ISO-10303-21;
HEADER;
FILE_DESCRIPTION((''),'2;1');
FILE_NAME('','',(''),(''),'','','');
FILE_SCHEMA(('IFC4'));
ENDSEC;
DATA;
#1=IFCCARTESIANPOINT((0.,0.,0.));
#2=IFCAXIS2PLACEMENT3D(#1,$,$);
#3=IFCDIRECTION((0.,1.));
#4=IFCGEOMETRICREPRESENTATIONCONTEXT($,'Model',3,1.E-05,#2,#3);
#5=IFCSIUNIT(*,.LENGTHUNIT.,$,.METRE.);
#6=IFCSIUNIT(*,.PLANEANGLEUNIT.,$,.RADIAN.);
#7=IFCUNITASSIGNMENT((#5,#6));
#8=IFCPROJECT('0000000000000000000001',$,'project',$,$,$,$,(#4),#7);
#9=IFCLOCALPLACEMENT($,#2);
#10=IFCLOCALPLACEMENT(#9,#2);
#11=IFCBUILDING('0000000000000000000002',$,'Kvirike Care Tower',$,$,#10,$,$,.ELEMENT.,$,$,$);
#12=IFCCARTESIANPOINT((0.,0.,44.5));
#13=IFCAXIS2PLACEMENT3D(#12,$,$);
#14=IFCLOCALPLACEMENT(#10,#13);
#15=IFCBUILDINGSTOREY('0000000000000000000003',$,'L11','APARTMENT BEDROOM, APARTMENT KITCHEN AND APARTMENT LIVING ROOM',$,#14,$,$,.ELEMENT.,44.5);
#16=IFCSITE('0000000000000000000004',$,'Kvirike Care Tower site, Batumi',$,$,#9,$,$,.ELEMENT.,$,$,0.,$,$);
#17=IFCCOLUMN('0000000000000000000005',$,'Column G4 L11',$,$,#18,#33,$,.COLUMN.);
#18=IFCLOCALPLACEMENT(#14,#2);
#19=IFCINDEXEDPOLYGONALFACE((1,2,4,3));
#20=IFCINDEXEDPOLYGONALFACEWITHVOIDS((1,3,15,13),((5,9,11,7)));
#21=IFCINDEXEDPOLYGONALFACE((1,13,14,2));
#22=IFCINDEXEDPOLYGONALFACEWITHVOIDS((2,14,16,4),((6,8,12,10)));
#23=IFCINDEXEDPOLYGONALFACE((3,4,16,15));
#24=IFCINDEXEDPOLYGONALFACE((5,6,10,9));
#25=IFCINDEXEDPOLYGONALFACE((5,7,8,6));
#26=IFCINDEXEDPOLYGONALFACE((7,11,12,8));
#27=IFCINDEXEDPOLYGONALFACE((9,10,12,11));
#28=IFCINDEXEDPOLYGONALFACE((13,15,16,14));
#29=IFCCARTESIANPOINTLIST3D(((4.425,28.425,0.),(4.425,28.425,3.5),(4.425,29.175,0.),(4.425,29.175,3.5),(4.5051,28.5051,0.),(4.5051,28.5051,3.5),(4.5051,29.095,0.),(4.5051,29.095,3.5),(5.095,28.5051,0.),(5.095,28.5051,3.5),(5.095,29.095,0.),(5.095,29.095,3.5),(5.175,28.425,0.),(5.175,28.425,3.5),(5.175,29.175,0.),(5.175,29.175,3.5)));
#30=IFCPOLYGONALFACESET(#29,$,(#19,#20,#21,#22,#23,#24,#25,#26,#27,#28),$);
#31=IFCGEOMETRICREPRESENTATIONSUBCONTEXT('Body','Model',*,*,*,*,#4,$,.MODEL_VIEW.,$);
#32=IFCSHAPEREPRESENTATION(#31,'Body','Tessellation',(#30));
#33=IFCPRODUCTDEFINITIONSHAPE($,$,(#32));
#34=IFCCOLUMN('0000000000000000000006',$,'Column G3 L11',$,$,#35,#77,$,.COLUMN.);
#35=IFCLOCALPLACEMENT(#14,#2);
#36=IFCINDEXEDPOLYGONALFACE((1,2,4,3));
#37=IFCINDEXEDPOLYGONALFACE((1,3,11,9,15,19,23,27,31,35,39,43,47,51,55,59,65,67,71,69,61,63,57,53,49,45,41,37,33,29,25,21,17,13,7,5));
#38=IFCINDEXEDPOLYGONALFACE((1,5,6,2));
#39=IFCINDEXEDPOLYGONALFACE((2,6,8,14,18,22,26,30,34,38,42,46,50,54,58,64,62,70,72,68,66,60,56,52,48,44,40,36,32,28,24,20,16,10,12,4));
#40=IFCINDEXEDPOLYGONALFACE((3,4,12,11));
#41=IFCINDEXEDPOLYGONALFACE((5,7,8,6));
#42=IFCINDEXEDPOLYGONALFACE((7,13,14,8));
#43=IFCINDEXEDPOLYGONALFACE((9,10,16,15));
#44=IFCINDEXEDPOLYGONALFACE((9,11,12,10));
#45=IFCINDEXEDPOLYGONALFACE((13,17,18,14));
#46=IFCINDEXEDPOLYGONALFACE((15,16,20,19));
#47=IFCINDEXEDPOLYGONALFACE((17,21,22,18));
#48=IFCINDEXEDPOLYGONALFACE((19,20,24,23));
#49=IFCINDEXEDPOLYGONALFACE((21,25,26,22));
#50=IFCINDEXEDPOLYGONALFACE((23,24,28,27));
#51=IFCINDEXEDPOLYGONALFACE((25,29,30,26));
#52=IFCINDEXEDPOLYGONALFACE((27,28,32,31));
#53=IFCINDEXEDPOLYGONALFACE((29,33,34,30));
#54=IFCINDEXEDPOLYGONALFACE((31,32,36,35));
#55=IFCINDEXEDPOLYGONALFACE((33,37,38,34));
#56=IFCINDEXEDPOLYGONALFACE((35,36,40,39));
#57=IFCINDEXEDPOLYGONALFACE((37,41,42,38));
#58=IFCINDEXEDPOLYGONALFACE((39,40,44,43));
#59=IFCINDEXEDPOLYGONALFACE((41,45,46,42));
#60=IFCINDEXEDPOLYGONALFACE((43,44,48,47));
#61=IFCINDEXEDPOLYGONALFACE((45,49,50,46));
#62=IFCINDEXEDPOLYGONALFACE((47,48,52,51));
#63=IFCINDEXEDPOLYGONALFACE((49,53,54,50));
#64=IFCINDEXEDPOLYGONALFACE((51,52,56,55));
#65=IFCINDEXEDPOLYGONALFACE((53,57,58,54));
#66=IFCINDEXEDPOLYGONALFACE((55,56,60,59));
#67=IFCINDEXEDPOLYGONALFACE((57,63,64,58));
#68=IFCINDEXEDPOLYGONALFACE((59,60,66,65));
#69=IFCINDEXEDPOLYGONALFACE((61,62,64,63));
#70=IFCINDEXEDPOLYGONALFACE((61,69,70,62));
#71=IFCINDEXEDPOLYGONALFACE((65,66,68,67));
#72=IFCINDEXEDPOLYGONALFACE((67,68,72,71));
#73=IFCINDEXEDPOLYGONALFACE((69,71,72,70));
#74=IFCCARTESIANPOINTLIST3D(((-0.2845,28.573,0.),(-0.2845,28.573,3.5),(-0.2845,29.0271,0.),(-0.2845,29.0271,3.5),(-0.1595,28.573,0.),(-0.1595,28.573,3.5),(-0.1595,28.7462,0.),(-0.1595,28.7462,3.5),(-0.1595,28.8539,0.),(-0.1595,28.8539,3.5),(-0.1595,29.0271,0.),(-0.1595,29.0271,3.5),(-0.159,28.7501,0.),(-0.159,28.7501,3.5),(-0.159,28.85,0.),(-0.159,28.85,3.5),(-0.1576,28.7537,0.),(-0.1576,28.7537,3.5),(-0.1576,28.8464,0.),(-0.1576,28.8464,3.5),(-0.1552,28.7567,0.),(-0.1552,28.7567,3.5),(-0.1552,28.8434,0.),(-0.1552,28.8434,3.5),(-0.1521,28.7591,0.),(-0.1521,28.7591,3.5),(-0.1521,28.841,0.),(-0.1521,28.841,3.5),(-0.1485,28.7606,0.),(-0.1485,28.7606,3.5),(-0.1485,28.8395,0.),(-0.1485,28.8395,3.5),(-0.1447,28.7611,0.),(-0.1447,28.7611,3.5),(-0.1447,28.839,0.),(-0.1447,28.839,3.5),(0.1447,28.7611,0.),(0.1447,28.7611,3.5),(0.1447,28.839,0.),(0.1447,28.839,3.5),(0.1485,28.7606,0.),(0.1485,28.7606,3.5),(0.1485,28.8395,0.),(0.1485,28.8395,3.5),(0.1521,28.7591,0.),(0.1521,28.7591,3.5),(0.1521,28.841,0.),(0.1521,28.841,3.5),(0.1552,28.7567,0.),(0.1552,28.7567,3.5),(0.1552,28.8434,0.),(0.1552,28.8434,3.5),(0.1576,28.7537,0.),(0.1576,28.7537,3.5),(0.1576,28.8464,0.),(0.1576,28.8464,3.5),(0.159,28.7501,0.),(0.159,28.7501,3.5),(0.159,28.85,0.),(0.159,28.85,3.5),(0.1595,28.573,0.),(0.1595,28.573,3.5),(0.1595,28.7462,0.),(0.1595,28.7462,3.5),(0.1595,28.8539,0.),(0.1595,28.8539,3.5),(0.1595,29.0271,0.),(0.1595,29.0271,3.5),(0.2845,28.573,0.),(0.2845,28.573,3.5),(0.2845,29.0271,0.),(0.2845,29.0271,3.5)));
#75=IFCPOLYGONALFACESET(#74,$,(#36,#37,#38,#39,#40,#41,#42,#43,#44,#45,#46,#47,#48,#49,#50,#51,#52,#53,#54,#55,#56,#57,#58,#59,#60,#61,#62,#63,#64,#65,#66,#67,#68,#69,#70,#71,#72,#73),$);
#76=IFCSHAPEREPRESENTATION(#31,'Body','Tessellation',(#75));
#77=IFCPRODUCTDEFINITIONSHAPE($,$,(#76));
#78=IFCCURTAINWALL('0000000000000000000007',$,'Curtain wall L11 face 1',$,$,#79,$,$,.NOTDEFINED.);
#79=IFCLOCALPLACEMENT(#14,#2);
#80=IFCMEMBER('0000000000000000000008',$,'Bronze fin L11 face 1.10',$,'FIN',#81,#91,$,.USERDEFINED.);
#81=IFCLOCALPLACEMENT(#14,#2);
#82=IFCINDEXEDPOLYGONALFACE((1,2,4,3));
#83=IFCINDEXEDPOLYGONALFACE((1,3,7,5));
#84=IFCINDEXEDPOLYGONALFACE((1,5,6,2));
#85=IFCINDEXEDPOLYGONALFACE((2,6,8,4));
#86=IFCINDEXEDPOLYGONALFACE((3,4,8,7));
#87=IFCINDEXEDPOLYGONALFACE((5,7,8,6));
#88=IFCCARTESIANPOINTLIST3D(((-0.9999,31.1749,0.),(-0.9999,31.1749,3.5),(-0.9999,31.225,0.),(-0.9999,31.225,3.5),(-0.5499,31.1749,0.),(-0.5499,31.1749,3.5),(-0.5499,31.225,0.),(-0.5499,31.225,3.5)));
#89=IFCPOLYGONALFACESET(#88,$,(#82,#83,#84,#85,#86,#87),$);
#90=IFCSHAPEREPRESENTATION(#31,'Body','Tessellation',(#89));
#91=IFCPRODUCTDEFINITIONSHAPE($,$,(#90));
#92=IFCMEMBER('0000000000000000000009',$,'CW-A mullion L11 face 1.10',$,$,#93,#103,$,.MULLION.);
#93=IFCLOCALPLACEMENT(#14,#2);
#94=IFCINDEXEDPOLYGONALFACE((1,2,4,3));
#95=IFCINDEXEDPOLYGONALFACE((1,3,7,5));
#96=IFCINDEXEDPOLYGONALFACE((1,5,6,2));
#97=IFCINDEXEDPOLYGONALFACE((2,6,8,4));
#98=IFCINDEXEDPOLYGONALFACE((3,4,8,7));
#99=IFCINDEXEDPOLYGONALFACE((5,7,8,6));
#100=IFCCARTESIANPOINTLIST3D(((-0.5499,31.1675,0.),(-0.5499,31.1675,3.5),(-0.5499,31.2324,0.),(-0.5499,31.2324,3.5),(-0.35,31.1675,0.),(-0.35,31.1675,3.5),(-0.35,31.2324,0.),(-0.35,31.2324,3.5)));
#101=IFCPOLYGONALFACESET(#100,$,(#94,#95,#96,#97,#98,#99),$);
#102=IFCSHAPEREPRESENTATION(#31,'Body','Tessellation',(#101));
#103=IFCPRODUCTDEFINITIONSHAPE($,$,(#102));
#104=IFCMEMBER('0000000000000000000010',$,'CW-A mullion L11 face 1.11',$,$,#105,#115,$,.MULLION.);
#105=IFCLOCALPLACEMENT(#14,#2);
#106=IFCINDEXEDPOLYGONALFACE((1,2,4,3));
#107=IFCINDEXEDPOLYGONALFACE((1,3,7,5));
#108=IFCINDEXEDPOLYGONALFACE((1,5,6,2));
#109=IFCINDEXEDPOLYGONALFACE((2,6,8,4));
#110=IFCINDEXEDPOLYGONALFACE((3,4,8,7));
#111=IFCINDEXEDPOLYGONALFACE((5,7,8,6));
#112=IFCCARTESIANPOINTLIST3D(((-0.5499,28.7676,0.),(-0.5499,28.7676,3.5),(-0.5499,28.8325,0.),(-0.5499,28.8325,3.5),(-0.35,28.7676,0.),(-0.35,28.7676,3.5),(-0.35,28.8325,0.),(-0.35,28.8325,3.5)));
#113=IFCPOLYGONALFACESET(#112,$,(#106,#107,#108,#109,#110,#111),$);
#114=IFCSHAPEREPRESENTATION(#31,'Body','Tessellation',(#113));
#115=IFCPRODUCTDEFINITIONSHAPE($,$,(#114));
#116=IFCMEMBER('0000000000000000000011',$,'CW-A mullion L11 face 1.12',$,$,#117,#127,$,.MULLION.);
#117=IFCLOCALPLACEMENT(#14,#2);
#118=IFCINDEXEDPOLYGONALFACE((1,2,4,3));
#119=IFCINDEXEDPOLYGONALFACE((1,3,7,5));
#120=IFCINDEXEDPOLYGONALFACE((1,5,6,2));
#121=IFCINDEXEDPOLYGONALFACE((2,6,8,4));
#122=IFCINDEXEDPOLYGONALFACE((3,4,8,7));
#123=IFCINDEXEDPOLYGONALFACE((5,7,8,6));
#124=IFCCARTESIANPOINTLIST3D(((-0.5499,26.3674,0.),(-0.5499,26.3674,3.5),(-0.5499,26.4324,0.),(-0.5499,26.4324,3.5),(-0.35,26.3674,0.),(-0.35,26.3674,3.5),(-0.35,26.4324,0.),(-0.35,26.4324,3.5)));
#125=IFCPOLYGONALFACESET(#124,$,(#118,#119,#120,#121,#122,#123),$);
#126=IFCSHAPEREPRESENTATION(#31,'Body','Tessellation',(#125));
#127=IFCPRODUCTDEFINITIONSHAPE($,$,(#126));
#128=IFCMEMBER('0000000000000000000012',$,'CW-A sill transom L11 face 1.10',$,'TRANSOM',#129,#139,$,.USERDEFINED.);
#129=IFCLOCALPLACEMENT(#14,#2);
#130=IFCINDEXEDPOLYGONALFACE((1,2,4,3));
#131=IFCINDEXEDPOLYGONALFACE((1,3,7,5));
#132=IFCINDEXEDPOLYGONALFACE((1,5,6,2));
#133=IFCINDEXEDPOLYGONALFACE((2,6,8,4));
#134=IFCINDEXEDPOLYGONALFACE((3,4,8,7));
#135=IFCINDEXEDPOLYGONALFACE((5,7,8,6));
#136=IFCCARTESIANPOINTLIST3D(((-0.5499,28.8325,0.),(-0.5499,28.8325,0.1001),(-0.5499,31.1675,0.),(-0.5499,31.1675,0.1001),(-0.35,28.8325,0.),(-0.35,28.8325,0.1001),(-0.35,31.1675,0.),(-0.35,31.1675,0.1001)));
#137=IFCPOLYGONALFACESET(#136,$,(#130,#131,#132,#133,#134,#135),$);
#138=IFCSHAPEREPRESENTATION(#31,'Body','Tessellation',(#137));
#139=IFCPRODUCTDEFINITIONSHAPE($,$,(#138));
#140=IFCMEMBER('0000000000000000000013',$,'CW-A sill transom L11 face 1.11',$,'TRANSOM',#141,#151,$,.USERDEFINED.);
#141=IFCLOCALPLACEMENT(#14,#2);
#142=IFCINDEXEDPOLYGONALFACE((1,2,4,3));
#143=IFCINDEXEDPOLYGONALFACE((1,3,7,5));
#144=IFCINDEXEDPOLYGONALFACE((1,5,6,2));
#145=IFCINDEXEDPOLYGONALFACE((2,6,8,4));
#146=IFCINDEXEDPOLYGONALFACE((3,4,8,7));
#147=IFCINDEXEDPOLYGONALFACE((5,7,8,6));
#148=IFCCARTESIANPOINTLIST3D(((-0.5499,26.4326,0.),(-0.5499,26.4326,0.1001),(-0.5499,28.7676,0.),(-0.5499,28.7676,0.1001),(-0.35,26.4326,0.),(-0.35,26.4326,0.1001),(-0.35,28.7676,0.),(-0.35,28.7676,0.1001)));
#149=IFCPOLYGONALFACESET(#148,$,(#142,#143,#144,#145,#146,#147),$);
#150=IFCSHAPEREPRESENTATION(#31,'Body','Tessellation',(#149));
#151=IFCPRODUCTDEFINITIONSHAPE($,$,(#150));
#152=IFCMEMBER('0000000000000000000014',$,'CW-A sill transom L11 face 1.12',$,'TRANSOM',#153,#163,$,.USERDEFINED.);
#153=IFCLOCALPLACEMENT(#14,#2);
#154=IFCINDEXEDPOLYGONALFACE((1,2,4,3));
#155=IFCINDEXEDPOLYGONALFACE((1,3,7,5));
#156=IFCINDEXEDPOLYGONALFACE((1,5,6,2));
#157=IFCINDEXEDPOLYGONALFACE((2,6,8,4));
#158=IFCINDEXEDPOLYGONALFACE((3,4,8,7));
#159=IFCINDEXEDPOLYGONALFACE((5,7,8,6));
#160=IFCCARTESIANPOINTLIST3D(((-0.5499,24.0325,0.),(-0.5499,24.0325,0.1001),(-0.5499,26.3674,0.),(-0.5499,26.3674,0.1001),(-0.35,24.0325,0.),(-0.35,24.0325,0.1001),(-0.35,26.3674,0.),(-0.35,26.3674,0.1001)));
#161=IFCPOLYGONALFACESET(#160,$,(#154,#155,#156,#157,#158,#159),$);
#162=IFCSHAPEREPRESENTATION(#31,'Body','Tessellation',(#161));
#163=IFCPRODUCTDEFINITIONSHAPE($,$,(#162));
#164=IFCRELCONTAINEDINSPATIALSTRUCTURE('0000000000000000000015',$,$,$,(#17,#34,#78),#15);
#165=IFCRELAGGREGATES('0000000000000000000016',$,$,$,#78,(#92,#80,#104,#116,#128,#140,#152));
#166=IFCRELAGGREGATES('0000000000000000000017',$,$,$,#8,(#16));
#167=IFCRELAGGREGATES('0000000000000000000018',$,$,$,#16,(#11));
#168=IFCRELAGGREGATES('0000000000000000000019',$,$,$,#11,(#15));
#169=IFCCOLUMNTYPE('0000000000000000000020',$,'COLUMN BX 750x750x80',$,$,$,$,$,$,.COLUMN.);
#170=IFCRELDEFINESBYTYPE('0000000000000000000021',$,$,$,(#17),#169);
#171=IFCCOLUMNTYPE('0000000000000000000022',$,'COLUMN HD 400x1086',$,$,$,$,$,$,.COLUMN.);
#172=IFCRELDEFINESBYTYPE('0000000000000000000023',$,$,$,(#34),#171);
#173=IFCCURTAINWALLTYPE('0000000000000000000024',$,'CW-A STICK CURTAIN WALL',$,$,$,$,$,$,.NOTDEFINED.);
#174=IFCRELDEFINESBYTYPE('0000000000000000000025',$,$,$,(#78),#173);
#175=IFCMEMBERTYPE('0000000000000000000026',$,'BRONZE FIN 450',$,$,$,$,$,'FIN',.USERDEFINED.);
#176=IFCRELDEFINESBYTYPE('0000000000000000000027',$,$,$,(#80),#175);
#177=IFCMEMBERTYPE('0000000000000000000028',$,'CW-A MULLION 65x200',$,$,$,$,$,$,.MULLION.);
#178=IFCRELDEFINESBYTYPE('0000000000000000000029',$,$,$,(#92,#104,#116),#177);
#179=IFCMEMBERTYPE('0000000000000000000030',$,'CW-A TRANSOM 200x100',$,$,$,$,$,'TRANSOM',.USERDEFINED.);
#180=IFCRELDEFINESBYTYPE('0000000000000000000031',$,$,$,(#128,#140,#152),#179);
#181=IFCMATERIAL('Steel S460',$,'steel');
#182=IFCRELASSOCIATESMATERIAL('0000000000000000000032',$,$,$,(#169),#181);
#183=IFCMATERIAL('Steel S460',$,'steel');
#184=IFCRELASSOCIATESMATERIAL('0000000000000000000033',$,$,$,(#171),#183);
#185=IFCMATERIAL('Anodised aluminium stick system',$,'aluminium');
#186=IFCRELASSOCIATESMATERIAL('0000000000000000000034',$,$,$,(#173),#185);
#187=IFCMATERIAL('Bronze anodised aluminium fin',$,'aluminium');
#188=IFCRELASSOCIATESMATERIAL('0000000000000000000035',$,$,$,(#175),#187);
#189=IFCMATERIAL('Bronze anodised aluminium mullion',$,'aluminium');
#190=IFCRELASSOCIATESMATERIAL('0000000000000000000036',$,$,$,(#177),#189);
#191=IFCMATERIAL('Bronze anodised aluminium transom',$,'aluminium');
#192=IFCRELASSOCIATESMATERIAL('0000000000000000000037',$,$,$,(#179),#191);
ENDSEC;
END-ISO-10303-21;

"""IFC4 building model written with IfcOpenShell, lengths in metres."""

from ifc_helpers import new_model, si_unit, direction, frame, origin, origin_2d, place, context, subcontext, project, spatial, rectangle, hollow_rectangle, i_section, extrude, material, material_profile, profile_set, type_object, element, aggregate, save


model = new_model("IFC4")

# Units and contexts
model_context = context("Model", 3, precision=1e-05, world=origin(), true_north=direction((0.0, 1.0)))
body_context = subcontext(model_context, "Body", "Model", "MODEL_VIEW")
ifc_project = project(units=[si_unit("LENGTHUNIT", "METRE"), si_unit("PLANEANGLEUNIT", "RADIAN")], contexts=[model_context])

# Site, building, storey
site_placement = place(None, origin())
site = spatial("IfcSite", under=ifc_project, at=site_placement, Name="Kvirike Care Tower site, Batumi", CompositionType="ELEMENT", RefElevation=0.0)
building_placement = place(site_placement, origin())
building = spatial("IfcBuilding", under=site, at=building_placement, Name="Kvirike Care Tower", CompositionType="ELEMENT")
storey_placement = place(building_placement, frame((0.0, 0.0, 44.5)))
storey = spatial("IfcBuildingStorey", under=building, at=storey_placement, Name="L11", Description="APARTMENT BEDROOM, APARTMENT KITCHEN AND APARTMENT LIVING ROOM", CompositionType="ELEMENT", Elevation=44.5)

# Columns
ifc_material_1 = material(Name="Steel S460", Category="steel")
ifc_material_profile_1 = material_profile(ifc_material_1, hollow_rectangle(XDim=0.75, YDim=0.75, WallThickness=0.0801, at=origin_2d()), Name="BX 750x750x80")
ifc_profile_set_1 = profile_set([ifc_material_profile_1], Name="Steel S460")
column_type_1 = type_object("IfcColumnType", Name="COLUMN BX 750x750x80", PredefinedType="COLUMN", material=ifc_profile_set_1)
column_1_placement = place(storey_placement, frame((4.8, 28.8, 0.0), z_axis=(0.0, 0.0, 1.0), x_axis=(0.0, 1.0, 0.0)))
element("IfcColumn", 1, at=column_1_placement, inside=storey, type_object=column_type_1, Name="Column G4 L11", PredefinedType="COLUMN", context=body_context, shape_type="SweptSolid", body=[
    extrude(hollow_rectangle(XDim=0.75, YDim=0.75, WallThickness=0.0801, at=origin_2d()), origin(), (0.0, 0.0, 1.0), 3.5),
])
ifc_material_2 = material(Name="Steel S460", Category="steel")
ifc_material_profile_2 = material_profile(ifc_material_2, i_section(OverallWidth=0.4541, OverallDepth=0.5691, WebThickness=0.0779, FlangeThickness=0.125, FilletRadius=0.0149, at=origin_2d()), Name="HD 400x1086")
ifc_profile_set_2 = profile_set([ifc_material_profile_2], Name="Steel S460")
column_type_2 = type_object("IfcColumnType", Name="COLUMN HD 400x1086", PredefinedType="COLUMN", material=ifc_profile_set_2)
column_2_placement = place(storey_placement, frame((0.0, 28.8, 0.0), z_axis=(0.0, 0.0, 1.0), x_axis=(0.0, 1.0, 0.0)))
element("IfcColumn", 2, at=column_2_placement, inside=storey, type_object=column_type_2, Name="Column G3 L11", PredefinedType="COLUMN", context=body_context, shape_type="SweptSolid", body=[
    extrude(i_section(OverallWidth=0.4541, OverallDepth=0.5691, WebThickness=0.0779, FlangeThickness=0.125, FilletRadius=0.0149, at=origin_2d()), origin(), (0.0, 0.0, 1.0), 3.5),
])

# Curtain wall, members
ifc_material_3 = material(Name="Anodised aluminium stick system", Category="aluminium")
curtain_wall_type = type_object("IfcCurtainWallType", Name="CW-A STICK CURTAIN WALL", PredefinedType="NOTDEFINED", material=ifc_material_3)
curtain_wall_placement = place(storey_placement, origin())
curtain_wall = element("IfcCurtainWall", 3, at=curtain_wall_placement, inside=storey, type_object=curtain_wall_type, Name="Curtain wall L11 face 1", PredefinedType="NOTDEFINED")
ifc_material_4 = material(Name="Bronze anodised aluminium fin", Category="aluminium")
ifc_material_profile_3 = material_profile(ifc_material_4, rectangle(XDim=0.05, YDim=0.45, at=origin_2d()), Name="BRONZE FIN 450")
ifc_profile_set_3 = profile_set([ifc_material_profile_3], Name="Bronze anodised aluminium fin")
member_type_1 = type_object("IfcMemberType", Name="BRONZE FIN 450", ElementType="FIN", PredefinedType="USERDEFINED", material=ifc_profile_set_3)
member_1_placement = place(storey_placement, frame((-0.7749, 31.2, 0.0), z_axis=(0.0, 0.0, 1.0), x_axis=(0.0, -1.0, 0.0)))
member_1 = element("IfcMember", 4, at=member_1_placement, type_object=member_type_1, Name="Bronze fin L11 face 1.10", ObjectType="FIN", PredefinedType="USERDEFINED", context=body_context, shape_type="SweptSolid", body=[
    extrude(rectangle(XDim=0.05, YDim=0.45, at=origin_2d()), origin(), (0.0, 0.0, 1.0), 3.5),
])
ifc_material_5 = material(Name="Bronze anodised aluminium mullion", Category="aluminium")
ifc_material_profile_4 = material_profile(ifc_material_5, rectangle(XDim=0.0649, YDim=0.2, at=origin_2d()), Name="CW-A MULLION 65x200")
ifc_profile_set_4 = profile_set([ifc_material_profile_4], Name="Bronze anodised aluminium mullion")
member_type_2 = type_object("IfcMemberType", Name="CW-A MULLION 65x200", PredefinedType="MULLION", material=ifc_profile_set_4)
member_2_placement = place(storey_placement, frame((-0.45, 31.2, 0.0), z_axis=(0.0, 0.0, 1.0), x_axis=(0.0, -1.0, 0.0)))
member_2 = element("IfcMember", 5, at=member_2_placement, type_object=member_type_2, Name="CW-A mullion L11 face 1.10", PredefinedType="MULLION", context=body_context, shape_type="SweptSolid", body=[
    extrude(rectangle(XDim=0.0649, YDim=0.2, at=origin_2d()), origin(), (0.0, 0.0, 1.0), 3.5),
])
member_3_placement = place(storey_placement, frame((-0.45, 28.8, 0.0), z_axis=(0.0, 0.0, 1.0), x_axis=(0.0, -1.0, 0.0)))
member_3 = element("IfcMember", 6, at=member_3_placement, type_object=member_type_2, Name="CW-A mullion L11 face 1.11", PredefinedType="MULLION", context=body_context, shape_type="SweptSolid", body=[
    extrude(rectangle(XDim=0.0649, YDim=0.2, at=origin_2d()), origin(), (0.0, 0.0, 1.0), 3.5),
])
member_4_placement = place(storey_placement, frame((-0.45, 26.3999, 0.0), z_axis=(0.0, 0.0, 1.0), x_axis=(0.0, -1.0, 0.0)))
member_4 = element("IfcMember", 7, at=member_4_placement, type_object=member_type_2, Name="CW-A mullion L11 face 1.12", PredefinedType="MULLION", context=body_context, shape_type="SweptSolid", body=[
    extrude(rectangle(XDim=0.0649, YDim=0.2, at=origin_2d()), origin(), (0.0, 0.0, 1.0), 3.5),
])
ifc_material_6 = material(Name="Bronze anodised aluminium transom", Category="aluminium")
ifc_material_profile_5 = material_profile(ifc_material_6, rectangle(XDim=0.2, YDim=0.1001, at=origin_2d()), Name="CW-A TRANSOM 200x100")
ifc_profile_set_5 = profile_set([ifc_material_profile_5], Name="Bronze anodised aluminium transom")
member_type_3 = type_object("IfcMemberType", Name="CW-A TRANSOM 200x100", ElementType="TRANSOM", PredefinedType="USERDEFINED", material=ifc_profile_set_5)
member_5_placement = place(storey_placement, frame((-0.45, 31.1675, 0.05), z_axis=(0.0, -1.0, 0.0), x_axis=(1.0, 0.0, 0.0)))
member_5 = element("IfcMember", 8, at=member_5_placement, type_object=member_type_3, Name="CW-A sill transom L11 face 1.10", ObjectType="TRANSOM", PredefinedType="USERDEFINED", context=body_context, shape_type="SweptSolid", body=[
    extrude(rectangle(XDim=0.2, YDim=0.1001, at=origin_2d()), origin(), (0.0, 0.0, 1.0), 2.335),
])
member_6_placement = place(storey_placement, frame((-0.45, 28.7676, 0.05), z_axis=(0.0, -1.0, 0.0), x_axis=(1.0, 0.0, 0.0)))
member_6 = element("IfcMember", 9, at=member_6_placement, type_object=member_type_3, Name="CW-A sill transom L11 face 1.11", ObjectType="TRANSOM", PredefinedType="USERDEFINED", context=body_context, shape_type="SweptSolid", body=[
    extrude(rectangle(XDim=0.2, YDim=0.1001, at=origin_2d()), origin(), (0.0, 0.0, 1.0), 2.335),
])
member_7_placement = place(storey_placement, frame((-0.45, 26.3674, 0.05), z_axis=(0.0, -1.0, 0.0), x_axis=(1.0, 0.0, 0.0)))
member_7 = element("IfcMember", 10, at=member_7_placement, type_object=member_type_3, Name="CW-A sill transom L11 face 1.12", ObjectType="TRANSOM", PredefinedType="USERDEFINED", context=body_context, shape_type="SweptSolid", body=[
    extrude(rectangle(XDim=0.2, YDim=0.1001, at=origin_2d()), origin(), (0.0, 0.0, 1.0), 2.335),
])

aggregate(curtain_wall, [member_2, member_1, member_3, member_4, member_5, member_6, member_7])

save(model, "model.ifc")
